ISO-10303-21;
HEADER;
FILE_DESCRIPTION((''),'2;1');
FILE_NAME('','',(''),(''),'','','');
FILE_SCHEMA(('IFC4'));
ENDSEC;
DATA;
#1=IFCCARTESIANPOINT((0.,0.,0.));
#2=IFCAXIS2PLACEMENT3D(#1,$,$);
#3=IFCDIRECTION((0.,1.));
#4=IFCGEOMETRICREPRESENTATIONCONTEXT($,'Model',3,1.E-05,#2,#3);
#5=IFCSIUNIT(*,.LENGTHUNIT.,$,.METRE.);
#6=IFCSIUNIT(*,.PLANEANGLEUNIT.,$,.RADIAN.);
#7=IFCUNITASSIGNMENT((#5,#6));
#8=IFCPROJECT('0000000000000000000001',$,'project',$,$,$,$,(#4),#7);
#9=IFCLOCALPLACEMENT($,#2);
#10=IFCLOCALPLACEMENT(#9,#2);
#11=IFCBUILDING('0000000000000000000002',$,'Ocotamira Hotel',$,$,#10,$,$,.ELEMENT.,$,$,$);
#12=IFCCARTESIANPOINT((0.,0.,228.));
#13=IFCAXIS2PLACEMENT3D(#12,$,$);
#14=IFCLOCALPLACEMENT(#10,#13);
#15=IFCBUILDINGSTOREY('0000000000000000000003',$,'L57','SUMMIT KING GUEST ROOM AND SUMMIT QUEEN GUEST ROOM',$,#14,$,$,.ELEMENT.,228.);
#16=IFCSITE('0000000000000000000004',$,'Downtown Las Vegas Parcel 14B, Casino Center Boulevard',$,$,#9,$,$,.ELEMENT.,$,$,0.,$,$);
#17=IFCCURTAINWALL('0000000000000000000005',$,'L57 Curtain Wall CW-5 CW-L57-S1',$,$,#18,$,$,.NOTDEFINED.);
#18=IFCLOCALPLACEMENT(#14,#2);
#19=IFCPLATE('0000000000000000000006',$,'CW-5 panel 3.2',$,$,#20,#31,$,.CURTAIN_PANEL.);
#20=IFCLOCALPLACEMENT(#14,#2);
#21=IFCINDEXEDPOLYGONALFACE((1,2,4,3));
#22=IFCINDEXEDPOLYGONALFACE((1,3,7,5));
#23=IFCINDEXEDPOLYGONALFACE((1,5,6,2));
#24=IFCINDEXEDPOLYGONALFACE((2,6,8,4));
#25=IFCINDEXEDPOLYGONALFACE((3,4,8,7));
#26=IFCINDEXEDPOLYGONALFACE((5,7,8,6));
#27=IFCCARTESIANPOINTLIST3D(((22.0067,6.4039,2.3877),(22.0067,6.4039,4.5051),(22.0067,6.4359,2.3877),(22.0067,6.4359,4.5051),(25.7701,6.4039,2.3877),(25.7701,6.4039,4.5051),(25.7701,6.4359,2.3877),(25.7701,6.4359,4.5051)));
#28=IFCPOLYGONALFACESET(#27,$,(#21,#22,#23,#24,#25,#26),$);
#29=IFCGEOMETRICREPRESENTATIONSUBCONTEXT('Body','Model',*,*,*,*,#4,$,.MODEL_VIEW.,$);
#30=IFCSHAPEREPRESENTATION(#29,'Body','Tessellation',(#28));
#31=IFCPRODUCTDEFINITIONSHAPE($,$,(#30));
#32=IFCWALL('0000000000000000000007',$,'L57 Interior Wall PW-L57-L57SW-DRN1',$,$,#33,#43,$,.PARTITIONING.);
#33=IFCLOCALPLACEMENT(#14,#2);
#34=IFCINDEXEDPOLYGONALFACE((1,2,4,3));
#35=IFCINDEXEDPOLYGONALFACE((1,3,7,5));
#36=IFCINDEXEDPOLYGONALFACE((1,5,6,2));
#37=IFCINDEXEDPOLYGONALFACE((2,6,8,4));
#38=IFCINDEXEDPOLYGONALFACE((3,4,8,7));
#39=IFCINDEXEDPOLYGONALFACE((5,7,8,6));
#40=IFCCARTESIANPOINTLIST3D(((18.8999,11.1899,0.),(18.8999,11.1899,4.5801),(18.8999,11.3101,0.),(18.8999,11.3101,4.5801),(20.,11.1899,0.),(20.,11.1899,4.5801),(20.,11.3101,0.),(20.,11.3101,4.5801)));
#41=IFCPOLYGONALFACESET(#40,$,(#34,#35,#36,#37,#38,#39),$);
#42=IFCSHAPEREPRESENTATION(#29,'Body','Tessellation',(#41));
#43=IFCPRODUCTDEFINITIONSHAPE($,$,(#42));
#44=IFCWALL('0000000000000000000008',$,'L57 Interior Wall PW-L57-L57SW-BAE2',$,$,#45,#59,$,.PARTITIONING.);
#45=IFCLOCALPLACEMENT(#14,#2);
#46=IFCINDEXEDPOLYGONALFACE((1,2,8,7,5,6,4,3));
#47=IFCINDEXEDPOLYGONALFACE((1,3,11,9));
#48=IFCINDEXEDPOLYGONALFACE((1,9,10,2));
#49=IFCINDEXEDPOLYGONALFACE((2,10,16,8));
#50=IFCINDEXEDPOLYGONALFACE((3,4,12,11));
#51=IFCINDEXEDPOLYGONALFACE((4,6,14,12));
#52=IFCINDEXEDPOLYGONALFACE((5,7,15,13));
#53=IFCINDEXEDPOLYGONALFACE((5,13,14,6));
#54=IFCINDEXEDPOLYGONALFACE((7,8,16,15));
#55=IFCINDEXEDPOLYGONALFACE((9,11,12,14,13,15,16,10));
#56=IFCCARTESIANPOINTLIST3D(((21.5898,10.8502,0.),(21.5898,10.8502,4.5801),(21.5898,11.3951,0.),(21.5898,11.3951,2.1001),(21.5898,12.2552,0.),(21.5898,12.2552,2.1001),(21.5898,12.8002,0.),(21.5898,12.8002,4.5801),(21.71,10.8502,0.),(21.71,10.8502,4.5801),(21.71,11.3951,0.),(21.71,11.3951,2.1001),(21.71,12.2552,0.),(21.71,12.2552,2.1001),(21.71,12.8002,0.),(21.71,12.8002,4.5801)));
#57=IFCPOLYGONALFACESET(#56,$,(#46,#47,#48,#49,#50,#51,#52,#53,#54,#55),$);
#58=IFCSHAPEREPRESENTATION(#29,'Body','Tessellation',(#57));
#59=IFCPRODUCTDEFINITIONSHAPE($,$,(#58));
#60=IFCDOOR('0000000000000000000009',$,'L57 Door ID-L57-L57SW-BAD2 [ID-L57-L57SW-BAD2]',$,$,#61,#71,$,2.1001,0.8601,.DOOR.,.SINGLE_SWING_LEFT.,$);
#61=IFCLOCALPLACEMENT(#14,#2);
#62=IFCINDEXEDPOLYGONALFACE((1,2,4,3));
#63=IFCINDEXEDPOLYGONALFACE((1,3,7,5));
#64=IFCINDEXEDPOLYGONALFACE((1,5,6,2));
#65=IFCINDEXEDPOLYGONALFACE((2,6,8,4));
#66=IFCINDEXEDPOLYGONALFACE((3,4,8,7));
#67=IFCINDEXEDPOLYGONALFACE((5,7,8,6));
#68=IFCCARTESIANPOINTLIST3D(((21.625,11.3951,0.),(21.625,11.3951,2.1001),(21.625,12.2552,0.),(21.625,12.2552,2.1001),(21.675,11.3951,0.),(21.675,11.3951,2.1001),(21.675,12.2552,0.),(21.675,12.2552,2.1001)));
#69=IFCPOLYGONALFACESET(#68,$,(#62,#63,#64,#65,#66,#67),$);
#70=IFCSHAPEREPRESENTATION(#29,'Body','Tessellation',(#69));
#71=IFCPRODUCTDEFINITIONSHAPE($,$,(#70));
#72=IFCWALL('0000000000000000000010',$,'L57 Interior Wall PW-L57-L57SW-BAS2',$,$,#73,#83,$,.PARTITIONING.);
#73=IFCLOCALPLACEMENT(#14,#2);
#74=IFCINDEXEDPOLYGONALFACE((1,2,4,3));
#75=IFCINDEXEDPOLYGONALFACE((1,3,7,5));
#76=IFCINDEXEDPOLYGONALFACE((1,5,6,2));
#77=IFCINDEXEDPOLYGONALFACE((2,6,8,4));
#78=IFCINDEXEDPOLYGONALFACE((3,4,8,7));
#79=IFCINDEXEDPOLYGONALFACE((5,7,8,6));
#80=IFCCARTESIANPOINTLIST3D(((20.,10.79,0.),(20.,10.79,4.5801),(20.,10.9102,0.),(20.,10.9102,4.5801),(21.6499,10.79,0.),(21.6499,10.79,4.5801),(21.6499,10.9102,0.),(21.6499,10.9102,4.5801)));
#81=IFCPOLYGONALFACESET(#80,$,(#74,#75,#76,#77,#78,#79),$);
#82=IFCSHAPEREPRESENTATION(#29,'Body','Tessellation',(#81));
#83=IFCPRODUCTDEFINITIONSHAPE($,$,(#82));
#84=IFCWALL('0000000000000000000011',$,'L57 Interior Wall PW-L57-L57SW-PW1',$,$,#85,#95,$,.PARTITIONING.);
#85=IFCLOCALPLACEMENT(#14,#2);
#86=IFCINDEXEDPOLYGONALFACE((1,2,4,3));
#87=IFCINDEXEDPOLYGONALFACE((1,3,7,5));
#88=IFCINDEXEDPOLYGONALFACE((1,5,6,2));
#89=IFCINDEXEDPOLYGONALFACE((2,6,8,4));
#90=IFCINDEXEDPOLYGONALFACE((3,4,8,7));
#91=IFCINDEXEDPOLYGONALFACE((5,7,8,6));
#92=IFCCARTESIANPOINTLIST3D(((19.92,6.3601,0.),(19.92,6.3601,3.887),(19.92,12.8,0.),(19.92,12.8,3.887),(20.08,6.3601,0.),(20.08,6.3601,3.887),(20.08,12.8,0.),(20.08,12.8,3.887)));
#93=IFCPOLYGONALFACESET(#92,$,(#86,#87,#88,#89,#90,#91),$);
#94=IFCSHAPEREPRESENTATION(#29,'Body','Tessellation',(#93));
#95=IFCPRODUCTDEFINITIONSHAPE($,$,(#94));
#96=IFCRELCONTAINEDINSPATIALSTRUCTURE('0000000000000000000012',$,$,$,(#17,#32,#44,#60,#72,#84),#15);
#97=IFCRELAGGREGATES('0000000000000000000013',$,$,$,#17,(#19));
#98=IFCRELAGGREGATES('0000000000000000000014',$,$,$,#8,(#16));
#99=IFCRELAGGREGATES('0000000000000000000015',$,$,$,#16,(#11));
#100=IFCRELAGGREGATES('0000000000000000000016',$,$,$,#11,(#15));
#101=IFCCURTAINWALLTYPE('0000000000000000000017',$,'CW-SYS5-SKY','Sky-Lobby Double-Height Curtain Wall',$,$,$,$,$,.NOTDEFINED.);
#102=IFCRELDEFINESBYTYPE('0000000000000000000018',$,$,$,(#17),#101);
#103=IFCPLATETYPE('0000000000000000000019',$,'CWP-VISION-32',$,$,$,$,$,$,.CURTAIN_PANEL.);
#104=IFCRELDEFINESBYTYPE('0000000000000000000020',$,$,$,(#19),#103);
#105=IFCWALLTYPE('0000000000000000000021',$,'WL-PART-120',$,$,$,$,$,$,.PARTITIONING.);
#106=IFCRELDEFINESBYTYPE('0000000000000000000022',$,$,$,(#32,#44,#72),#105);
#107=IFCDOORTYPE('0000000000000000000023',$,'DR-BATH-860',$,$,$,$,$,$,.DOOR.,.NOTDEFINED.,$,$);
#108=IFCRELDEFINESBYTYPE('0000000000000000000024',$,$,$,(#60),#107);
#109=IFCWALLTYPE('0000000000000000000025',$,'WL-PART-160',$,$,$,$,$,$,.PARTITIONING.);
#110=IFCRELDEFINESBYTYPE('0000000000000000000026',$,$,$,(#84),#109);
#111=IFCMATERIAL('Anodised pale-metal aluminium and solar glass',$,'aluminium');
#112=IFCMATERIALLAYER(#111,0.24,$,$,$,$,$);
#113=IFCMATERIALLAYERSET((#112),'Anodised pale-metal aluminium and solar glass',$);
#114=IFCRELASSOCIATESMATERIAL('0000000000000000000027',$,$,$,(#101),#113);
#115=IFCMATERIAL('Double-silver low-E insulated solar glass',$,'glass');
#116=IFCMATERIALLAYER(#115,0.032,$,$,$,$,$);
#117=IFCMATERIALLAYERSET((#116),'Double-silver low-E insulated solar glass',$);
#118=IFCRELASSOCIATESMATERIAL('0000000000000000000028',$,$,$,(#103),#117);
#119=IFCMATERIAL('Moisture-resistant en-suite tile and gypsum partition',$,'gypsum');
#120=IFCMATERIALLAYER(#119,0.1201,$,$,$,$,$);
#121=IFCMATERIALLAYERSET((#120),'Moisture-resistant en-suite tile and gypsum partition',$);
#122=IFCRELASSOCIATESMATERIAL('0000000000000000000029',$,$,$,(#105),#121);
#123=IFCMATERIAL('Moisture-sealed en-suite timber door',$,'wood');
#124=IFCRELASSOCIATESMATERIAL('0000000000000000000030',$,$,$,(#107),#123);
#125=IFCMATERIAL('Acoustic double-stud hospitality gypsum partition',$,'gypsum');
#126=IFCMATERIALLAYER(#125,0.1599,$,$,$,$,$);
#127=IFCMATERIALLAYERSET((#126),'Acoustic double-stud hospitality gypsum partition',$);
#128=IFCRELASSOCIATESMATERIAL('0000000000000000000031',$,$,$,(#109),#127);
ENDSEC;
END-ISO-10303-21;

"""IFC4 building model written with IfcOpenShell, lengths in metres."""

from ifc_helpers import new_model, si_unit, direction, frame, frame_2d, origin, origin_2d, place, context, subcontext, project, spatial, rectangle, extrude, source, transform, mapped, material, layer, layer_set, type_object, element, fill, aggregate, save


model = new_model("IFC4")

# Units and contexts
model_context = context("Model", 3, precision=1e-05, world=origin(), true_north=direction((0.0, 1.0)))
body_context = subcontext(model_context, "Body", "Model", "MODEL_VIEW")
ifc_project = project(units=[si_unit("LENGTHUNIT", "METRE"), si_unit("PLANEANGLEUNIT", "RADIAN")], contexts=[model_context])

# Site, building, storey
site_placement = place(None, origin())
site = spatial("IfcSite", under=ifc_project, at=site_placement, Name="Downtown Las Vegas Parcel 14B, Casino Center Boulevard", CompositionType="ELEMENT", RefElevation=0.0)
building_placement = place(site_placement, origin())
building = spatial("IfcBuilding", under=site, at=building_placement, Name="Ocotamira Hotel", CompositionType="ELEMENT")
storey_placement = place(building_placement, frame((0.0, 0.0, 228.0)))
storey = spatial("IfcBuildingStorey", under=building, at=storey_placement, Name="L57", Description="SUMMIT KING GUEST ROOM AND SUMMIT QUEEN GUEST ROOM", CompositionType="ELEMENT", Elevation=228.0)

# Curtain wall
ifc_material_1 = material(Name="Anodised pale-metal aluminium and solar glass", Category="aluminium")
ifc_layer_1 = layer(ifc_material_1, 0.24)
ifc_layer_set_1 = layer_set([ifc_layer_1], Name="Anodised pale-metal aluminium and solar glass")
curtain_wall_type = type_object("IfcCurtainWallType", Name="CW-SYS5-SKY", Description="Sky-Lobby Double-Height Curtain Wall", PredefinedType="NOTDEFINED", material=ifc_layer_set_1)
curtain_wall_placement = place(storey_placement, origin())
curtain_wall = element("IfcCurtainWall", 1, at=curtain_wall_placement, inside=storey, type_object=curtain_wall_type, Name="L57 Curtain Wall CW-5 CW-L57-S1", PredefinedType="NOTDEFINED")

# Plate
ifc_material_2 = material(Name="Double-silver low-E insulated solar glass", Category="glass")
ifc_layer_2 = layer(ifc_material_2, 0.032)
ifc_layer_set_2 = layer_set([ifc_layer_2], Name="Double-silver low-E insulated solar glass")
plate_type_1 = type_object("IfcPlateType", Name="CWP-VISION-32", PredefinedType="CURTAIN_PANEL", material=ifc_layer_set_2)
shared_shape_1 = source(origin(), body_context, "Body", "SweptSolid", [
    extrude(rectangle(XDim=3.7634, YDim=0.032, at=origin_2d()), origin(), (0.0, 0.0, 1.0), 2.1174),
])
plate_1_placement = place(storey_placement, frame((23.8884, 6.4199, 2.3877), z_axis=(0.0, 0.0, 1.0), x_axis=(1.0, 0.0, 0.0)))
plate_1 = element("IfcPlate", 2, at=plate_1_placement, type_object=plate_type_1, Name="CW-5 panel 3.2", PredefinedType="CURTAIN_PANEL", context=body_context, shape_type="MappedRepresentation", body=[
    mapped(shared_shape_1, transform((0.0, 0.0, 0.0), scale=1.0)),
])
aggregate(curtain_wall, [plate_1])

# Wall
ifc_material_3 = material(Name="Moisture-resistant en-suite tile and gypsum partition", Category="gypsum")
ifc_layer_3 = layer(ifc_material_3, 0.1201)
ifc_layer_set_3 = layer_set([ifc_layer_3], Name="Moisture-resistant en-suite tile and gypsum partition")
wall_type_1 = type_object("IfcWallType", Name="WL-PART-120", PredefinedType="PARTITIONING", material=ifc_layer_set_3)
wall_1_placement = place(storey_placement, frame((18.8999, 11.25, 0.0), z_axis=(0.0, 0.0, 1.0), x_axis=(1.0, 0.0, 0.0)))
element("IfcWall", 3, at=wall_1_placement, inside=storey, type_object=wall_type_1, Name="L57 Interior Wall PW-L57-L57SW-DRN1", PredefinedType="PARTITIONING", context=body_context, shape_type="SweptSolid", body=[
    extrude(rectangle(XDim=1.1001, YDim=0.1201, at=frame_2d((0.55, 0.0))), origin(), (0.0, 0.0, 1.0), 4.5801),
])

# Wall, opening, door
wall_2_placement = place(storey_placement, frame((21.6499, 10.8501, 0.0), z_axis=(0.0, 0.0, 1.0), x_axis=(0.0, 1.0, 0.0)))
wall_2 = element("IfcWall", 4, at=wall_2_placement, inside=storey, type_object=wall_type_1, Name="L57 Interior Wall PW-L57-L57SW-BAE2", PredefinedType="PARTITIONING", context=body_context, shape_type="SweptSolid", body=[
    extrude(rectangle(XDim=1.95, YDim=0.1201, at=frame_2d((0.9751, 0.0))), origin(), (0.0, 0.0, 1.0), 4.5801),
])
opening_placement = place(wall_2_placement, frame((0.5449, 0.0, 0.0)))
opening = element("IfcOpeningElement", 5, at=opening_placement, cuts=wall_2, PredefinedType="OPENING", context=body_context, shape_type="SweptSolid", body=[
    extrude(rectangle(XDim=0.8601, YDim=2.1001, at=frame_2d((0.4302, 1.05))), frame((0.0, 0.0701, 0.0), z_axis=(0.0, -1.0, 0.0), x_axis=(1.0, 0.0, 0.0)), (0.0, 0.0, 1.0), 0.1401),
])
ifc_material_4 = material(Name="Moisture-sealed en-suite timber door", Category="wood")
door_type = type_object("IfcDoorType", Name="DR-BATH-860", OperationType="NOTDEFINED", PredefinedType="DOOR", material=ifc_material_4)
shared_shape_2 = source(origin(), body_context, "Body", "SweptSolid", [
    extrude(rectangle(XDim=0.8601, YDim=2.1001, at=frame_2d((0.4302, 1.05))), frame((0.0, 0.0249, 0.0), z_axis=(0.0, -1.0, 0.0), x_axis=(1.0, 0.0, 0.0)), (0.0, 0.0, 1.0), 0.05),
])
door_placement = place(opening_placement, origin())
door = element("IfcDoor", 6, at=door_placement, inside=storey, type_object=door_type, Name="L57 Door ID-L57-L57SW-BAD2 [ID-L57-L57SW-BAD2]", OperationType="SINGLE_SWING_LEFT", OverallHeight=2.1001, OverallWidth=0.8601, PredefinedType="DOOR", context=body_context, shape_type="MappedRepresentation", body=[
    mapped(shared_shape_2, transform((0.0, 0.0, 0.0), scale=1.0)),
])
fill(opening, door)

# Walls
wall_3_placement = place(storey_placement, frame((20.0, 10.8501, 0.0), z_axis=(0.0, 0.0, 1.0), x_axis=(1.0, 0.0, 0.0)))
element("IfcWall", 7, at=wall_3_placement, inside=storey, type_object=wall_type_1, Name="L57 Interior Wall PW-L57-L57SW-BAS2", PredefinedType="PARTITIONING", context=body_context, shape_type="SweptSolid", body=[
    extrude(rectangle(XDim=1.6499, YDim=0.1201, at=frame_2d((0.825, 0.0))), origin(), (0.0, 0.0, 1.0), 4.5801),
])
ifc_material_5 = material(Name="Acoustic double-stud hospitality gypsum partition", Category="gypsum")
ifc_layer_4 = layer(ifc_material_5, 0.1599)
ifc_layer_set_4 = layer_set([ifc_layer_4], Name="Acoustic double-stud hospitality gypsum partition")
wall_type_2 = type_object("IfcWallType", Name="WL-PART-160", PredefinedType="PARTITIONING", material=ifc_layer_set_4)
wall_4_placement = place(storey_placement, frame((20.0, 6.3601, 0.0), z_axis=(0.0, 0.0, 1.0), x_axis=(0.0, 1.0, 0.0)))
element("IfcWall", 8, at=wall_4_placement, inside=storey, type_object=wall_type_2, Name="L57 Interior Wall PW-L57-L57SW-PW1", PredefinedType="PARTITIONING", context=body_context, shape_type="SweptSolid", body=[
    extrude(rectangle(XDim=6.4399, YDim=0.1599, at=frame_2d((3.22, 0.0))), origin(), (0.0, 0.0, 1.0), 3.887),
])

save(model, "model.ifc")
